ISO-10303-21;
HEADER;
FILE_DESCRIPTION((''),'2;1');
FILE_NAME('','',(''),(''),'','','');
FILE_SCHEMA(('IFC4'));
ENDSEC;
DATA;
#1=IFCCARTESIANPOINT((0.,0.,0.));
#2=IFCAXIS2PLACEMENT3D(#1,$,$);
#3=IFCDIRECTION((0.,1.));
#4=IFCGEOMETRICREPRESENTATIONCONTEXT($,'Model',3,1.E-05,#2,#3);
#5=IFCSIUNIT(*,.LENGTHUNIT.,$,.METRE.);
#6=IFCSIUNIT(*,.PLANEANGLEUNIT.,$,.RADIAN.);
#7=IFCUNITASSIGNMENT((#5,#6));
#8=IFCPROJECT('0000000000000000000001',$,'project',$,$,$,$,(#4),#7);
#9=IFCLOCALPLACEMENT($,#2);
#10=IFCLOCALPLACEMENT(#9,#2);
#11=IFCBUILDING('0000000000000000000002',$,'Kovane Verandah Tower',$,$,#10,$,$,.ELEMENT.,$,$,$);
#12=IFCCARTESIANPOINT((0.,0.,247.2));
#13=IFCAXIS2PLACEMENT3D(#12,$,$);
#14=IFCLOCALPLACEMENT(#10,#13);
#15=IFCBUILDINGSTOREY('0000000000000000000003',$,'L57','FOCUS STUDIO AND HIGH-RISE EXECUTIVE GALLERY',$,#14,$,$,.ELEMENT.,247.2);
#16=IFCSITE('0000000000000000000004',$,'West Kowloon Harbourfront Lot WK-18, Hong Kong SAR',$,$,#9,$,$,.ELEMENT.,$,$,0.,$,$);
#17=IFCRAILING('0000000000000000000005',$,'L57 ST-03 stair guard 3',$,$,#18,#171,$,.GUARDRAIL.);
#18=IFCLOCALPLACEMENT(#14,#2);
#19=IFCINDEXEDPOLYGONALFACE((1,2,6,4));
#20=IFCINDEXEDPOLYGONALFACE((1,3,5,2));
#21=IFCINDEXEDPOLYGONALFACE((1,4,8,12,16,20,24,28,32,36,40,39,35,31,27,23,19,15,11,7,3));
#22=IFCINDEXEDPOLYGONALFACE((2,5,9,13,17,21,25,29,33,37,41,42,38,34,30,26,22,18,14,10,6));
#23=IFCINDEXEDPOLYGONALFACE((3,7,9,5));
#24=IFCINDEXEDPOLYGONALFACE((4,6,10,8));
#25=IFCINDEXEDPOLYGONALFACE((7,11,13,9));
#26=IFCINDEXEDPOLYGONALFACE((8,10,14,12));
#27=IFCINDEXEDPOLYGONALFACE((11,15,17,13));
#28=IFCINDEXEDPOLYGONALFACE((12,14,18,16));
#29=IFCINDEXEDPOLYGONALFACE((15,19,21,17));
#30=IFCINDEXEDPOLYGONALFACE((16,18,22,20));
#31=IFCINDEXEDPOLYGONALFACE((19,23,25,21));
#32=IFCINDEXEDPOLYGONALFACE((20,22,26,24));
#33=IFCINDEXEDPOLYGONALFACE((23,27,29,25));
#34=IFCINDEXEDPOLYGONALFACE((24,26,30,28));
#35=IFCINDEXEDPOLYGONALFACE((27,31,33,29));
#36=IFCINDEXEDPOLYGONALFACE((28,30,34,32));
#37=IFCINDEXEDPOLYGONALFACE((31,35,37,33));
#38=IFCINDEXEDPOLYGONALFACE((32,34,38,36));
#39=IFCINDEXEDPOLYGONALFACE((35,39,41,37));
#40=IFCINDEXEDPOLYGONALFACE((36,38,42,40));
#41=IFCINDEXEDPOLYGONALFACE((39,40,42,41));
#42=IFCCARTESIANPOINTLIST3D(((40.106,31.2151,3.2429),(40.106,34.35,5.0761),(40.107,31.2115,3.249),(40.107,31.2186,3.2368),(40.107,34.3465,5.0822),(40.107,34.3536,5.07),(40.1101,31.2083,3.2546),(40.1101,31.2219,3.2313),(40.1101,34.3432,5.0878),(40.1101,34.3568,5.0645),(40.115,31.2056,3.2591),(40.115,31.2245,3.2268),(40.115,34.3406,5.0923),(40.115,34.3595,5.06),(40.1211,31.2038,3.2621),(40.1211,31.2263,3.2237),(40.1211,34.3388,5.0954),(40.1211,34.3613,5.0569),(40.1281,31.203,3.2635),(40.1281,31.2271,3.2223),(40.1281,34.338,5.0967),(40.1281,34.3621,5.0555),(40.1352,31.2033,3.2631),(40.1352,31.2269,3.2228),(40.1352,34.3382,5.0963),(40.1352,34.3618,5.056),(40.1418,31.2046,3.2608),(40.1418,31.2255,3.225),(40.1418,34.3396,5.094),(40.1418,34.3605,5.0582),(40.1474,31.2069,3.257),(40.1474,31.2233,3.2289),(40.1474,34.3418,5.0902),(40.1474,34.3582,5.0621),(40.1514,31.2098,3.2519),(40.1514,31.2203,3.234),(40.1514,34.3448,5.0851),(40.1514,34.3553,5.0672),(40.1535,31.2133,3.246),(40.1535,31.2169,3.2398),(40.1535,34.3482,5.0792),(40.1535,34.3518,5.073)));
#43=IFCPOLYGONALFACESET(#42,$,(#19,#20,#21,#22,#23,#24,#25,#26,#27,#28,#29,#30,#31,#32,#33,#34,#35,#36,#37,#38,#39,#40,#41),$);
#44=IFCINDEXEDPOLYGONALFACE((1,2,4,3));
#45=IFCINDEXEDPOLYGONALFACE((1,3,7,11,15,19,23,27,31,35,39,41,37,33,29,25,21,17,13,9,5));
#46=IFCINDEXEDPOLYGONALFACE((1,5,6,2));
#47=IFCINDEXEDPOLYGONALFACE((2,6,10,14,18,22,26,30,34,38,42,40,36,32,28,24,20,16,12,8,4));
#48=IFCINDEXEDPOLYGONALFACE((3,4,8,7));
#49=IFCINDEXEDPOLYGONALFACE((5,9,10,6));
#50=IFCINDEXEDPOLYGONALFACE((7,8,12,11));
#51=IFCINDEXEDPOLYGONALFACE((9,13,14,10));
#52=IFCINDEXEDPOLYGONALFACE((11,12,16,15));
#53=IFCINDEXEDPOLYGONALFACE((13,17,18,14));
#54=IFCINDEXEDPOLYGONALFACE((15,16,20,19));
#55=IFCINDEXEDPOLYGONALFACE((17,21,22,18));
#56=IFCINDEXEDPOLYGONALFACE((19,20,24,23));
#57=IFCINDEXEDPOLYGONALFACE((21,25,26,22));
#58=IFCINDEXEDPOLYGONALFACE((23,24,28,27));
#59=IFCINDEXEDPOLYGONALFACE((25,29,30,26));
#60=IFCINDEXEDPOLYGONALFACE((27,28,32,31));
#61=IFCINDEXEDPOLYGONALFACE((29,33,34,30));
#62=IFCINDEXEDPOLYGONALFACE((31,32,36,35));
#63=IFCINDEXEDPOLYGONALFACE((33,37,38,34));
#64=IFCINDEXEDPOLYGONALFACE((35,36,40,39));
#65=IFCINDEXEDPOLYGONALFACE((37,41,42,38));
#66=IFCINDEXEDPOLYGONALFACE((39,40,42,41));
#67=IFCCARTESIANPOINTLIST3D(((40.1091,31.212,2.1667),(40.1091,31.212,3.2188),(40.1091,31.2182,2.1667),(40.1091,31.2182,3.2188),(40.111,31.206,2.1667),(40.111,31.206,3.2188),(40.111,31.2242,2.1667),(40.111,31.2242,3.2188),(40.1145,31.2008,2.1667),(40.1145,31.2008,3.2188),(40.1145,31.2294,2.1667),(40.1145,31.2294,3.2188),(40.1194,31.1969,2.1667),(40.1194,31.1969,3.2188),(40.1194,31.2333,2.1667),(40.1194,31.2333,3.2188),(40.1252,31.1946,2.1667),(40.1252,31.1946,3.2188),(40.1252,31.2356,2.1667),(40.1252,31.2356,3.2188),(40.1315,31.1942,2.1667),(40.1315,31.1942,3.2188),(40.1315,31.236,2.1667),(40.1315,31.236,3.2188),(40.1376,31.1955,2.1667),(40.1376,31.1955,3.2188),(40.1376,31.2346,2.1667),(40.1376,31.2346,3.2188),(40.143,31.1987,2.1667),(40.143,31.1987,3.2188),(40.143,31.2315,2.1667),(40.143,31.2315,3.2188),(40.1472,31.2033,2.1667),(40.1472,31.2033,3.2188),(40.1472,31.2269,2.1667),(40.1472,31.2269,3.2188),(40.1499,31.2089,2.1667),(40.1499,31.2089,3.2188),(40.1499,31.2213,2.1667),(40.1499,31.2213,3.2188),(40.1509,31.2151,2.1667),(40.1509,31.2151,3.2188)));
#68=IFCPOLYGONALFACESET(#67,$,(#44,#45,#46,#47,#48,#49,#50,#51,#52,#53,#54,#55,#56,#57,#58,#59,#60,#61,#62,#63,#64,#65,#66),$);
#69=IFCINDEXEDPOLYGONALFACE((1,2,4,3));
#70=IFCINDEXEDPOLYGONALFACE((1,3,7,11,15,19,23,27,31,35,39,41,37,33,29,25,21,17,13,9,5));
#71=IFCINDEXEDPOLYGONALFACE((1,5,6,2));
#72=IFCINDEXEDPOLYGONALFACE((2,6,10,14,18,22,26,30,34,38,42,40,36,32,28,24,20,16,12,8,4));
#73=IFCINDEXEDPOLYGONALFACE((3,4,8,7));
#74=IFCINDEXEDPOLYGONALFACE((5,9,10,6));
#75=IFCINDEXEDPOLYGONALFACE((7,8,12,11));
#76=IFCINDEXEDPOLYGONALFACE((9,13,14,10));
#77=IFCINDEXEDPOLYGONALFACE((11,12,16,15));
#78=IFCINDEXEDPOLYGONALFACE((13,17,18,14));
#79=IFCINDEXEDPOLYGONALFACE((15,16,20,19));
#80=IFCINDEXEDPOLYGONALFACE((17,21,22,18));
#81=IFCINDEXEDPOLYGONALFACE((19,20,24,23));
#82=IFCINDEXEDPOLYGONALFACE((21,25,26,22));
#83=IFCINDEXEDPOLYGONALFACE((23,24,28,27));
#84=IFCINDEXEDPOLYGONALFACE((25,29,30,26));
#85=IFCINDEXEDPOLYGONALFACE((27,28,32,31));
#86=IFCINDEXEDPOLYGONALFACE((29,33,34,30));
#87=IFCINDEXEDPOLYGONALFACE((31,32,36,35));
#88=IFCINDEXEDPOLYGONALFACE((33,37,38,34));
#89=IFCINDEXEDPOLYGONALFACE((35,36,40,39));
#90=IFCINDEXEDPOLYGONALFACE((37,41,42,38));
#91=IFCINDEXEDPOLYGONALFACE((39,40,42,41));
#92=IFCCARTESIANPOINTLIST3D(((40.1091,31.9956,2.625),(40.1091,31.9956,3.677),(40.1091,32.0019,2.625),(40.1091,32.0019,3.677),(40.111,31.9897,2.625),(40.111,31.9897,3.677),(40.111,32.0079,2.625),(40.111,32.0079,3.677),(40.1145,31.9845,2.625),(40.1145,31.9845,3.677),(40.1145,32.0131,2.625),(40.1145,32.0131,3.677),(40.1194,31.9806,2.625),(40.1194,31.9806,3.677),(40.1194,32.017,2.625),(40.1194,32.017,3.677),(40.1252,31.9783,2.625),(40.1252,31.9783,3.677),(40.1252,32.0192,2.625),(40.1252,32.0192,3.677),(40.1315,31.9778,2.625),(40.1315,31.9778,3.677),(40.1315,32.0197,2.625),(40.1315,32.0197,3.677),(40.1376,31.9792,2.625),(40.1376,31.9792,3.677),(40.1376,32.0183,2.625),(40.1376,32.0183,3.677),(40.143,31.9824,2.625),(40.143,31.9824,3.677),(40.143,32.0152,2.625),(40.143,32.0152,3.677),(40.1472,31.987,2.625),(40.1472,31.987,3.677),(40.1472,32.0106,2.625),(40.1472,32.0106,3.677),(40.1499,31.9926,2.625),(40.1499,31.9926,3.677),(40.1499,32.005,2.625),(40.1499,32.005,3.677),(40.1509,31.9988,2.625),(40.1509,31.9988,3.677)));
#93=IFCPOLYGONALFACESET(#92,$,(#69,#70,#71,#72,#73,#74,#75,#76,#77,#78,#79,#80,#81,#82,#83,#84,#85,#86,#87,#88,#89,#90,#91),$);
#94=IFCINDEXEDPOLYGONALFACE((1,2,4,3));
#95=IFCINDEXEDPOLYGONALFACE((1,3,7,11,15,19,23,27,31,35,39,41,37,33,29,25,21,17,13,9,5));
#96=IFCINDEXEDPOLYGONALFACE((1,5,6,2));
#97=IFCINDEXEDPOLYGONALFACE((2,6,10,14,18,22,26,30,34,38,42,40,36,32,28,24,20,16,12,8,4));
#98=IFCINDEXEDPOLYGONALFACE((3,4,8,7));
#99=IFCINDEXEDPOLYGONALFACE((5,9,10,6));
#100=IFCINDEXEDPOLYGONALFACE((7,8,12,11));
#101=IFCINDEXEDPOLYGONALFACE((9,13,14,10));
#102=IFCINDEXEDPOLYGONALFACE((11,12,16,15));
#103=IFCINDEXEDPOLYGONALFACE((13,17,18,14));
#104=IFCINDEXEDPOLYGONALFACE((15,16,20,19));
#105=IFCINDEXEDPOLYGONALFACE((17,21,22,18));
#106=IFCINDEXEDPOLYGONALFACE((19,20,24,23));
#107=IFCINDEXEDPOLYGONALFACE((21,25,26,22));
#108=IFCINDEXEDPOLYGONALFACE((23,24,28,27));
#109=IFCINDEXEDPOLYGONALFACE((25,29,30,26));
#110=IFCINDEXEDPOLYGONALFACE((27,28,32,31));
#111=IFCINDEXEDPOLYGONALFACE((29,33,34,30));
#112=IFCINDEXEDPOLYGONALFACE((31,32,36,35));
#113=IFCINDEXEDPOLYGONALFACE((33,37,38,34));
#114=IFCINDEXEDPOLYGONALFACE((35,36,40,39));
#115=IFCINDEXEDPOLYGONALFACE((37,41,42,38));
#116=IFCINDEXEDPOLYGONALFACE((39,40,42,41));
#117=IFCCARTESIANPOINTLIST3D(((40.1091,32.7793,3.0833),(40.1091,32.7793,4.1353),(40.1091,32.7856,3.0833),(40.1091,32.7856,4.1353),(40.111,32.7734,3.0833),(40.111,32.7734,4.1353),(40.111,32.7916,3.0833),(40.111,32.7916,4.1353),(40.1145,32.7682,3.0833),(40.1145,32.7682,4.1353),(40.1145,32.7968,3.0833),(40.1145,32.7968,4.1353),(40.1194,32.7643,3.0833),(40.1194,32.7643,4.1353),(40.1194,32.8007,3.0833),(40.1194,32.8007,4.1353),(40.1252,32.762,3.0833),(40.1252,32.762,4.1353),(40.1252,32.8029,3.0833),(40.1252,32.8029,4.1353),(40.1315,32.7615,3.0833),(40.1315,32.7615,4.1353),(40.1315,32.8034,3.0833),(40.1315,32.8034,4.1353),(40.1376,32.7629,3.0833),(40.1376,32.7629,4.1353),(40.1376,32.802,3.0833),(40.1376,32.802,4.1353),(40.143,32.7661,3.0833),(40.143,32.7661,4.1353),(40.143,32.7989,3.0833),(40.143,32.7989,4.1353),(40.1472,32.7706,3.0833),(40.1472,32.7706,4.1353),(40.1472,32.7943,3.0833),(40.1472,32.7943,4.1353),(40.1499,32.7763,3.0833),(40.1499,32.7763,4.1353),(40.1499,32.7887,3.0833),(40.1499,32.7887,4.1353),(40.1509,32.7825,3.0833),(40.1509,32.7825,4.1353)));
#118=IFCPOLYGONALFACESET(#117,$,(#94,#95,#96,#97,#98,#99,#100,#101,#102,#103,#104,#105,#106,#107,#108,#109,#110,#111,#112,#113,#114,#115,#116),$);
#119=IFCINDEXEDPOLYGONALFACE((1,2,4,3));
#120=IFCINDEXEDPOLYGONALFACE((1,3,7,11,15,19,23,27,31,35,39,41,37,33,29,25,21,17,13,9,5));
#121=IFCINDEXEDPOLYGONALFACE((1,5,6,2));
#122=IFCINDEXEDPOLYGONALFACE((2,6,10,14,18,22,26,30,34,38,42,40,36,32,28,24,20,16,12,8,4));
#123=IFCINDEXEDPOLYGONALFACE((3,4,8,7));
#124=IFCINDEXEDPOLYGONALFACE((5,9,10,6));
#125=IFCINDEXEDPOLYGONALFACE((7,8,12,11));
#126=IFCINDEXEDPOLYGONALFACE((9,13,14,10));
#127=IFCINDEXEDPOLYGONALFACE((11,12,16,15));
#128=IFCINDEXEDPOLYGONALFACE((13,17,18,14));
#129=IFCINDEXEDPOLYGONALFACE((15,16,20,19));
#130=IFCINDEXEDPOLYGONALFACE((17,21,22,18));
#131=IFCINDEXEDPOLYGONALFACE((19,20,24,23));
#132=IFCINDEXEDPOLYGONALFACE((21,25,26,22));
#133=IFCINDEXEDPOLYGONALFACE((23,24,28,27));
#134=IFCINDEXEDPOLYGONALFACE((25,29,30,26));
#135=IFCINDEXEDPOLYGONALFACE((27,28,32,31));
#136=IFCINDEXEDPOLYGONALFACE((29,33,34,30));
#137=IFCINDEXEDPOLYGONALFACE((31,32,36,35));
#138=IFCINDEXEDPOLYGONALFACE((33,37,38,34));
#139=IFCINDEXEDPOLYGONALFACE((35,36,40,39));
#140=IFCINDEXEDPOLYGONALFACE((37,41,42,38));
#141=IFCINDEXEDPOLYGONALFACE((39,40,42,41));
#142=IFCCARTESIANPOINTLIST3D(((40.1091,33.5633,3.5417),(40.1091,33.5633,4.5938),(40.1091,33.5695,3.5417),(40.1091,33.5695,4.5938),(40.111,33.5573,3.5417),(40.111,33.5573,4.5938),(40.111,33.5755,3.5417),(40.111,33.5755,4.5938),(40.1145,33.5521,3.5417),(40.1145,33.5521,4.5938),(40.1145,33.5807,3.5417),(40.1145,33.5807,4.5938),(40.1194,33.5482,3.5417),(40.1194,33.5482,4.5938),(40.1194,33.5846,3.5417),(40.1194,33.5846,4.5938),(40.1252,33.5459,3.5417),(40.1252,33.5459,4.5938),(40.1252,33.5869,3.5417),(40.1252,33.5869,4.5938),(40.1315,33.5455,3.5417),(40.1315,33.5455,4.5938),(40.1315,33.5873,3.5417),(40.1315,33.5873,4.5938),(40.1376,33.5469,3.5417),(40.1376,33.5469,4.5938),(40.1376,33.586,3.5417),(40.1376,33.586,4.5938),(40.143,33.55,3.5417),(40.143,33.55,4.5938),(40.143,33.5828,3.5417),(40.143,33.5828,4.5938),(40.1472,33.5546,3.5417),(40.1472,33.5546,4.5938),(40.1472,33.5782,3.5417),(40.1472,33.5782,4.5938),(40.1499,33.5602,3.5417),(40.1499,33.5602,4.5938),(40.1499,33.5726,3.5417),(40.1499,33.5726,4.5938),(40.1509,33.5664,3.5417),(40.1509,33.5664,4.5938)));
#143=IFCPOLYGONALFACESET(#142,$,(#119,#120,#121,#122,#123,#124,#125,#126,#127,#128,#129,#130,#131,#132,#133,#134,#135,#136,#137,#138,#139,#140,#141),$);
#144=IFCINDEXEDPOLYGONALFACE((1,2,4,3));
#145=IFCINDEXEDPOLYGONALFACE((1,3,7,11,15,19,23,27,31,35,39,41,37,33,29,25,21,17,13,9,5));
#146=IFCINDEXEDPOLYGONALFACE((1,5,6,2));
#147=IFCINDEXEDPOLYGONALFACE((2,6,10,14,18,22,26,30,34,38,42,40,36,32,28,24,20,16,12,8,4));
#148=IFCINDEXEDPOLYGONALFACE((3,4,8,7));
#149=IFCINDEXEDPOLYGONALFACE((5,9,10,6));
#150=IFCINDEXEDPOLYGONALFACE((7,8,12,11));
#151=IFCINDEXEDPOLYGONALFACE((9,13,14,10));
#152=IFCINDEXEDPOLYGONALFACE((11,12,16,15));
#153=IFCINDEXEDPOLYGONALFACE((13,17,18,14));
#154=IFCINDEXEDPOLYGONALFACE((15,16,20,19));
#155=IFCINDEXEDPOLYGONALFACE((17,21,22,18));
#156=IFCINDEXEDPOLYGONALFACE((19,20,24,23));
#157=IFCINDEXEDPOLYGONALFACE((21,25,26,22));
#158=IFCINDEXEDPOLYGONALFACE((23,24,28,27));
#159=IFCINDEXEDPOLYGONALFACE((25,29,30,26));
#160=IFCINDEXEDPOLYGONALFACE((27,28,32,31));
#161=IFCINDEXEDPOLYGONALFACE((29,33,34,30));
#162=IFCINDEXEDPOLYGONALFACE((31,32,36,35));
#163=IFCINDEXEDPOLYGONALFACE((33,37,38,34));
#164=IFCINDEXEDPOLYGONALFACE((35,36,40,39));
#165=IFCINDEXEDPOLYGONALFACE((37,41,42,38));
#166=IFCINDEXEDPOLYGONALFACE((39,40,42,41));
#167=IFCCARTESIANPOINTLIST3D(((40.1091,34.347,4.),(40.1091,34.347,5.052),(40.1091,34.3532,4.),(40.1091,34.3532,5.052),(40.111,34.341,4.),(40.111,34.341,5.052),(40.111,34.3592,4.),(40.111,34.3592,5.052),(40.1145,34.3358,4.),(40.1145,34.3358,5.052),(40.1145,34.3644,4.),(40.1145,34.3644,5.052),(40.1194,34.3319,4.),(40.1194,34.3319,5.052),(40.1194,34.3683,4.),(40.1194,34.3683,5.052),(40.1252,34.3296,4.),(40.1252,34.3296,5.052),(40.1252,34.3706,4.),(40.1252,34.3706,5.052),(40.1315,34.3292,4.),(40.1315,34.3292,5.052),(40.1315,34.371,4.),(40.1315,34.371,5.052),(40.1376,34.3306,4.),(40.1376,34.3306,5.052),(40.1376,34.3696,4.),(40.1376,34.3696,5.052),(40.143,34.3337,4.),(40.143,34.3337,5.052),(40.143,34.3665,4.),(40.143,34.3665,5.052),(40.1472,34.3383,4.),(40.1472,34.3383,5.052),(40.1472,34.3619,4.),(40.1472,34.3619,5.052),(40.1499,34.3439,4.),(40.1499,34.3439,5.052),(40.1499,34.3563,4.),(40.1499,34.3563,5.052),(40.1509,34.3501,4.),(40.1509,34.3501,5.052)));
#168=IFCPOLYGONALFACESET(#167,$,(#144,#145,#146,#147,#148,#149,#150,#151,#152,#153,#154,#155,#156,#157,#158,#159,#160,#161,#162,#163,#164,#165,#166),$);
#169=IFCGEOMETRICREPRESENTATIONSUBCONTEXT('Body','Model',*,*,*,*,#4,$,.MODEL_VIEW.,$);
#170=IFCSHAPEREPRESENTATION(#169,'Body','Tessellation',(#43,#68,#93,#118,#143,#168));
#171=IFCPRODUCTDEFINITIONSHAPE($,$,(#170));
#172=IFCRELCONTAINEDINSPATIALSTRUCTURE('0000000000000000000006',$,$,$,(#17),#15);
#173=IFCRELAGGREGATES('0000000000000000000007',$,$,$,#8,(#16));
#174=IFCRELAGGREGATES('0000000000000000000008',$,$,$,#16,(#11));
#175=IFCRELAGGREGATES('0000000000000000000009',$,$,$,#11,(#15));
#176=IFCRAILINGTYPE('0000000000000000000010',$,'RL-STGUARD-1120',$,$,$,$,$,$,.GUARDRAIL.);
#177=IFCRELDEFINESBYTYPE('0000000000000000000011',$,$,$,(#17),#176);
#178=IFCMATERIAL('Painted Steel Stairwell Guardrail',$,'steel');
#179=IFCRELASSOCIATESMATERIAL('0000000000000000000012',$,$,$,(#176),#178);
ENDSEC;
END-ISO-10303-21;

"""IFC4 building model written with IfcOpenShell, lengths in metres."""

from ifc_helpers import new_model, si_unit, direction, frame, origin, origin_2d, place, context, subcontext, project, spatial, circle, extrude, material, type_object, element, save


model = new_model("IFC4")

# Units and contexts
model_context = context("Model", 3, precision=1e-05, world=origin(), true_north=direction((0.0, 1.0)))
body_context = subcontext(model_context, "Body", "Model", "MODEL_VIEW")
ifc_project = project(units=[si_unit("LENGTHUNIT", "METRE"), si_unit("PLANEANGLEUNIT", "RADIAN")], contexts=[model_context])

# Site, building, storey
site_placement = place(None, origin())
site = spatial("IfcSite", under=ifc_project, at=site_placement, Name="West Kowloon Harbourfront Lot WK-18, Hong Kong SAR", CompositionType="ELEMENT", RefElevation=0.0)
building_placement = place(site_placement, origin())
building = spatial("IfcBuilding", under=site, at=building_placement, Name="Kovane Verandah Tower", CompositionType="ELEMENT")
storey_placement = place(building_placement, frame((0.0, 0.0, 247.2)))
storey = spatial("IfcBuildingStorey", under=building, at=storey_placement, Name="L57", Description="FOCUS STUDIO AND HIGH-RISE EXECUTIVE GALLERY", CompositionType="ELEMENT", Elevation=247.2)

# Railing
ifc_material_1 = material(Name="Painted Steel Stairwell Guardrail", Category="steel")
railing_type_1 = type_object("IfcRailingType", Name="RL-STGUARD-1120", PredefinedType="GUARDRAIL", material=ifc_material_1)
railing_1_placement = place(storey_placement, frame((40.1299, 31.2151, 2.1667)))
element("IfcRailing", 1, at=railing_1_placement, inside=storey, type_object=railing_type_1, Name="L57 ST-03 stair guard 3", PredefinedType="GUARDRAIL", context=body_context, shape_type="SweptSolid", body=[
    extrude(circle(Radius=0.0239, at=origin_2d()), frame((0.0, 0.0, 1.0762), z_axis=(0.0, 0.86324, 0.504794), x_axis=(-1.0, 0.0, 0.0)), (0.0, 0.0, 1.0), 3.6316),
    extrude(circle(Radius=0.021, at=origin_2d()), origin(), (0.0, 0.0, 1.0), 1.052),
    extrude(circle(Radius=0.021, at=origin_2d()), frame((0.0, 0.7837, 0.4583)), (0.0, 0.0, 1.0), 1.052),
    extrude(circle(Radius=0.021, at=origin_2d()), frame((0.0, 1.5674, 0.9165)), (0.0, 0.0, 1.0), 1.052),
    extrude(circle(Radius=0.021, at=origin_2d()), frame((0.0, 2.3513, 1.375)), (0.0, 0.0, 1.0), 1.052),
    extrude(circle(Radius=0.021, at=origin_2d()), frame((0.0, 3.135, 1.8333)), (0.0, 0.0, 1.0), 1.052),
])

save(model, "model.ifc")
